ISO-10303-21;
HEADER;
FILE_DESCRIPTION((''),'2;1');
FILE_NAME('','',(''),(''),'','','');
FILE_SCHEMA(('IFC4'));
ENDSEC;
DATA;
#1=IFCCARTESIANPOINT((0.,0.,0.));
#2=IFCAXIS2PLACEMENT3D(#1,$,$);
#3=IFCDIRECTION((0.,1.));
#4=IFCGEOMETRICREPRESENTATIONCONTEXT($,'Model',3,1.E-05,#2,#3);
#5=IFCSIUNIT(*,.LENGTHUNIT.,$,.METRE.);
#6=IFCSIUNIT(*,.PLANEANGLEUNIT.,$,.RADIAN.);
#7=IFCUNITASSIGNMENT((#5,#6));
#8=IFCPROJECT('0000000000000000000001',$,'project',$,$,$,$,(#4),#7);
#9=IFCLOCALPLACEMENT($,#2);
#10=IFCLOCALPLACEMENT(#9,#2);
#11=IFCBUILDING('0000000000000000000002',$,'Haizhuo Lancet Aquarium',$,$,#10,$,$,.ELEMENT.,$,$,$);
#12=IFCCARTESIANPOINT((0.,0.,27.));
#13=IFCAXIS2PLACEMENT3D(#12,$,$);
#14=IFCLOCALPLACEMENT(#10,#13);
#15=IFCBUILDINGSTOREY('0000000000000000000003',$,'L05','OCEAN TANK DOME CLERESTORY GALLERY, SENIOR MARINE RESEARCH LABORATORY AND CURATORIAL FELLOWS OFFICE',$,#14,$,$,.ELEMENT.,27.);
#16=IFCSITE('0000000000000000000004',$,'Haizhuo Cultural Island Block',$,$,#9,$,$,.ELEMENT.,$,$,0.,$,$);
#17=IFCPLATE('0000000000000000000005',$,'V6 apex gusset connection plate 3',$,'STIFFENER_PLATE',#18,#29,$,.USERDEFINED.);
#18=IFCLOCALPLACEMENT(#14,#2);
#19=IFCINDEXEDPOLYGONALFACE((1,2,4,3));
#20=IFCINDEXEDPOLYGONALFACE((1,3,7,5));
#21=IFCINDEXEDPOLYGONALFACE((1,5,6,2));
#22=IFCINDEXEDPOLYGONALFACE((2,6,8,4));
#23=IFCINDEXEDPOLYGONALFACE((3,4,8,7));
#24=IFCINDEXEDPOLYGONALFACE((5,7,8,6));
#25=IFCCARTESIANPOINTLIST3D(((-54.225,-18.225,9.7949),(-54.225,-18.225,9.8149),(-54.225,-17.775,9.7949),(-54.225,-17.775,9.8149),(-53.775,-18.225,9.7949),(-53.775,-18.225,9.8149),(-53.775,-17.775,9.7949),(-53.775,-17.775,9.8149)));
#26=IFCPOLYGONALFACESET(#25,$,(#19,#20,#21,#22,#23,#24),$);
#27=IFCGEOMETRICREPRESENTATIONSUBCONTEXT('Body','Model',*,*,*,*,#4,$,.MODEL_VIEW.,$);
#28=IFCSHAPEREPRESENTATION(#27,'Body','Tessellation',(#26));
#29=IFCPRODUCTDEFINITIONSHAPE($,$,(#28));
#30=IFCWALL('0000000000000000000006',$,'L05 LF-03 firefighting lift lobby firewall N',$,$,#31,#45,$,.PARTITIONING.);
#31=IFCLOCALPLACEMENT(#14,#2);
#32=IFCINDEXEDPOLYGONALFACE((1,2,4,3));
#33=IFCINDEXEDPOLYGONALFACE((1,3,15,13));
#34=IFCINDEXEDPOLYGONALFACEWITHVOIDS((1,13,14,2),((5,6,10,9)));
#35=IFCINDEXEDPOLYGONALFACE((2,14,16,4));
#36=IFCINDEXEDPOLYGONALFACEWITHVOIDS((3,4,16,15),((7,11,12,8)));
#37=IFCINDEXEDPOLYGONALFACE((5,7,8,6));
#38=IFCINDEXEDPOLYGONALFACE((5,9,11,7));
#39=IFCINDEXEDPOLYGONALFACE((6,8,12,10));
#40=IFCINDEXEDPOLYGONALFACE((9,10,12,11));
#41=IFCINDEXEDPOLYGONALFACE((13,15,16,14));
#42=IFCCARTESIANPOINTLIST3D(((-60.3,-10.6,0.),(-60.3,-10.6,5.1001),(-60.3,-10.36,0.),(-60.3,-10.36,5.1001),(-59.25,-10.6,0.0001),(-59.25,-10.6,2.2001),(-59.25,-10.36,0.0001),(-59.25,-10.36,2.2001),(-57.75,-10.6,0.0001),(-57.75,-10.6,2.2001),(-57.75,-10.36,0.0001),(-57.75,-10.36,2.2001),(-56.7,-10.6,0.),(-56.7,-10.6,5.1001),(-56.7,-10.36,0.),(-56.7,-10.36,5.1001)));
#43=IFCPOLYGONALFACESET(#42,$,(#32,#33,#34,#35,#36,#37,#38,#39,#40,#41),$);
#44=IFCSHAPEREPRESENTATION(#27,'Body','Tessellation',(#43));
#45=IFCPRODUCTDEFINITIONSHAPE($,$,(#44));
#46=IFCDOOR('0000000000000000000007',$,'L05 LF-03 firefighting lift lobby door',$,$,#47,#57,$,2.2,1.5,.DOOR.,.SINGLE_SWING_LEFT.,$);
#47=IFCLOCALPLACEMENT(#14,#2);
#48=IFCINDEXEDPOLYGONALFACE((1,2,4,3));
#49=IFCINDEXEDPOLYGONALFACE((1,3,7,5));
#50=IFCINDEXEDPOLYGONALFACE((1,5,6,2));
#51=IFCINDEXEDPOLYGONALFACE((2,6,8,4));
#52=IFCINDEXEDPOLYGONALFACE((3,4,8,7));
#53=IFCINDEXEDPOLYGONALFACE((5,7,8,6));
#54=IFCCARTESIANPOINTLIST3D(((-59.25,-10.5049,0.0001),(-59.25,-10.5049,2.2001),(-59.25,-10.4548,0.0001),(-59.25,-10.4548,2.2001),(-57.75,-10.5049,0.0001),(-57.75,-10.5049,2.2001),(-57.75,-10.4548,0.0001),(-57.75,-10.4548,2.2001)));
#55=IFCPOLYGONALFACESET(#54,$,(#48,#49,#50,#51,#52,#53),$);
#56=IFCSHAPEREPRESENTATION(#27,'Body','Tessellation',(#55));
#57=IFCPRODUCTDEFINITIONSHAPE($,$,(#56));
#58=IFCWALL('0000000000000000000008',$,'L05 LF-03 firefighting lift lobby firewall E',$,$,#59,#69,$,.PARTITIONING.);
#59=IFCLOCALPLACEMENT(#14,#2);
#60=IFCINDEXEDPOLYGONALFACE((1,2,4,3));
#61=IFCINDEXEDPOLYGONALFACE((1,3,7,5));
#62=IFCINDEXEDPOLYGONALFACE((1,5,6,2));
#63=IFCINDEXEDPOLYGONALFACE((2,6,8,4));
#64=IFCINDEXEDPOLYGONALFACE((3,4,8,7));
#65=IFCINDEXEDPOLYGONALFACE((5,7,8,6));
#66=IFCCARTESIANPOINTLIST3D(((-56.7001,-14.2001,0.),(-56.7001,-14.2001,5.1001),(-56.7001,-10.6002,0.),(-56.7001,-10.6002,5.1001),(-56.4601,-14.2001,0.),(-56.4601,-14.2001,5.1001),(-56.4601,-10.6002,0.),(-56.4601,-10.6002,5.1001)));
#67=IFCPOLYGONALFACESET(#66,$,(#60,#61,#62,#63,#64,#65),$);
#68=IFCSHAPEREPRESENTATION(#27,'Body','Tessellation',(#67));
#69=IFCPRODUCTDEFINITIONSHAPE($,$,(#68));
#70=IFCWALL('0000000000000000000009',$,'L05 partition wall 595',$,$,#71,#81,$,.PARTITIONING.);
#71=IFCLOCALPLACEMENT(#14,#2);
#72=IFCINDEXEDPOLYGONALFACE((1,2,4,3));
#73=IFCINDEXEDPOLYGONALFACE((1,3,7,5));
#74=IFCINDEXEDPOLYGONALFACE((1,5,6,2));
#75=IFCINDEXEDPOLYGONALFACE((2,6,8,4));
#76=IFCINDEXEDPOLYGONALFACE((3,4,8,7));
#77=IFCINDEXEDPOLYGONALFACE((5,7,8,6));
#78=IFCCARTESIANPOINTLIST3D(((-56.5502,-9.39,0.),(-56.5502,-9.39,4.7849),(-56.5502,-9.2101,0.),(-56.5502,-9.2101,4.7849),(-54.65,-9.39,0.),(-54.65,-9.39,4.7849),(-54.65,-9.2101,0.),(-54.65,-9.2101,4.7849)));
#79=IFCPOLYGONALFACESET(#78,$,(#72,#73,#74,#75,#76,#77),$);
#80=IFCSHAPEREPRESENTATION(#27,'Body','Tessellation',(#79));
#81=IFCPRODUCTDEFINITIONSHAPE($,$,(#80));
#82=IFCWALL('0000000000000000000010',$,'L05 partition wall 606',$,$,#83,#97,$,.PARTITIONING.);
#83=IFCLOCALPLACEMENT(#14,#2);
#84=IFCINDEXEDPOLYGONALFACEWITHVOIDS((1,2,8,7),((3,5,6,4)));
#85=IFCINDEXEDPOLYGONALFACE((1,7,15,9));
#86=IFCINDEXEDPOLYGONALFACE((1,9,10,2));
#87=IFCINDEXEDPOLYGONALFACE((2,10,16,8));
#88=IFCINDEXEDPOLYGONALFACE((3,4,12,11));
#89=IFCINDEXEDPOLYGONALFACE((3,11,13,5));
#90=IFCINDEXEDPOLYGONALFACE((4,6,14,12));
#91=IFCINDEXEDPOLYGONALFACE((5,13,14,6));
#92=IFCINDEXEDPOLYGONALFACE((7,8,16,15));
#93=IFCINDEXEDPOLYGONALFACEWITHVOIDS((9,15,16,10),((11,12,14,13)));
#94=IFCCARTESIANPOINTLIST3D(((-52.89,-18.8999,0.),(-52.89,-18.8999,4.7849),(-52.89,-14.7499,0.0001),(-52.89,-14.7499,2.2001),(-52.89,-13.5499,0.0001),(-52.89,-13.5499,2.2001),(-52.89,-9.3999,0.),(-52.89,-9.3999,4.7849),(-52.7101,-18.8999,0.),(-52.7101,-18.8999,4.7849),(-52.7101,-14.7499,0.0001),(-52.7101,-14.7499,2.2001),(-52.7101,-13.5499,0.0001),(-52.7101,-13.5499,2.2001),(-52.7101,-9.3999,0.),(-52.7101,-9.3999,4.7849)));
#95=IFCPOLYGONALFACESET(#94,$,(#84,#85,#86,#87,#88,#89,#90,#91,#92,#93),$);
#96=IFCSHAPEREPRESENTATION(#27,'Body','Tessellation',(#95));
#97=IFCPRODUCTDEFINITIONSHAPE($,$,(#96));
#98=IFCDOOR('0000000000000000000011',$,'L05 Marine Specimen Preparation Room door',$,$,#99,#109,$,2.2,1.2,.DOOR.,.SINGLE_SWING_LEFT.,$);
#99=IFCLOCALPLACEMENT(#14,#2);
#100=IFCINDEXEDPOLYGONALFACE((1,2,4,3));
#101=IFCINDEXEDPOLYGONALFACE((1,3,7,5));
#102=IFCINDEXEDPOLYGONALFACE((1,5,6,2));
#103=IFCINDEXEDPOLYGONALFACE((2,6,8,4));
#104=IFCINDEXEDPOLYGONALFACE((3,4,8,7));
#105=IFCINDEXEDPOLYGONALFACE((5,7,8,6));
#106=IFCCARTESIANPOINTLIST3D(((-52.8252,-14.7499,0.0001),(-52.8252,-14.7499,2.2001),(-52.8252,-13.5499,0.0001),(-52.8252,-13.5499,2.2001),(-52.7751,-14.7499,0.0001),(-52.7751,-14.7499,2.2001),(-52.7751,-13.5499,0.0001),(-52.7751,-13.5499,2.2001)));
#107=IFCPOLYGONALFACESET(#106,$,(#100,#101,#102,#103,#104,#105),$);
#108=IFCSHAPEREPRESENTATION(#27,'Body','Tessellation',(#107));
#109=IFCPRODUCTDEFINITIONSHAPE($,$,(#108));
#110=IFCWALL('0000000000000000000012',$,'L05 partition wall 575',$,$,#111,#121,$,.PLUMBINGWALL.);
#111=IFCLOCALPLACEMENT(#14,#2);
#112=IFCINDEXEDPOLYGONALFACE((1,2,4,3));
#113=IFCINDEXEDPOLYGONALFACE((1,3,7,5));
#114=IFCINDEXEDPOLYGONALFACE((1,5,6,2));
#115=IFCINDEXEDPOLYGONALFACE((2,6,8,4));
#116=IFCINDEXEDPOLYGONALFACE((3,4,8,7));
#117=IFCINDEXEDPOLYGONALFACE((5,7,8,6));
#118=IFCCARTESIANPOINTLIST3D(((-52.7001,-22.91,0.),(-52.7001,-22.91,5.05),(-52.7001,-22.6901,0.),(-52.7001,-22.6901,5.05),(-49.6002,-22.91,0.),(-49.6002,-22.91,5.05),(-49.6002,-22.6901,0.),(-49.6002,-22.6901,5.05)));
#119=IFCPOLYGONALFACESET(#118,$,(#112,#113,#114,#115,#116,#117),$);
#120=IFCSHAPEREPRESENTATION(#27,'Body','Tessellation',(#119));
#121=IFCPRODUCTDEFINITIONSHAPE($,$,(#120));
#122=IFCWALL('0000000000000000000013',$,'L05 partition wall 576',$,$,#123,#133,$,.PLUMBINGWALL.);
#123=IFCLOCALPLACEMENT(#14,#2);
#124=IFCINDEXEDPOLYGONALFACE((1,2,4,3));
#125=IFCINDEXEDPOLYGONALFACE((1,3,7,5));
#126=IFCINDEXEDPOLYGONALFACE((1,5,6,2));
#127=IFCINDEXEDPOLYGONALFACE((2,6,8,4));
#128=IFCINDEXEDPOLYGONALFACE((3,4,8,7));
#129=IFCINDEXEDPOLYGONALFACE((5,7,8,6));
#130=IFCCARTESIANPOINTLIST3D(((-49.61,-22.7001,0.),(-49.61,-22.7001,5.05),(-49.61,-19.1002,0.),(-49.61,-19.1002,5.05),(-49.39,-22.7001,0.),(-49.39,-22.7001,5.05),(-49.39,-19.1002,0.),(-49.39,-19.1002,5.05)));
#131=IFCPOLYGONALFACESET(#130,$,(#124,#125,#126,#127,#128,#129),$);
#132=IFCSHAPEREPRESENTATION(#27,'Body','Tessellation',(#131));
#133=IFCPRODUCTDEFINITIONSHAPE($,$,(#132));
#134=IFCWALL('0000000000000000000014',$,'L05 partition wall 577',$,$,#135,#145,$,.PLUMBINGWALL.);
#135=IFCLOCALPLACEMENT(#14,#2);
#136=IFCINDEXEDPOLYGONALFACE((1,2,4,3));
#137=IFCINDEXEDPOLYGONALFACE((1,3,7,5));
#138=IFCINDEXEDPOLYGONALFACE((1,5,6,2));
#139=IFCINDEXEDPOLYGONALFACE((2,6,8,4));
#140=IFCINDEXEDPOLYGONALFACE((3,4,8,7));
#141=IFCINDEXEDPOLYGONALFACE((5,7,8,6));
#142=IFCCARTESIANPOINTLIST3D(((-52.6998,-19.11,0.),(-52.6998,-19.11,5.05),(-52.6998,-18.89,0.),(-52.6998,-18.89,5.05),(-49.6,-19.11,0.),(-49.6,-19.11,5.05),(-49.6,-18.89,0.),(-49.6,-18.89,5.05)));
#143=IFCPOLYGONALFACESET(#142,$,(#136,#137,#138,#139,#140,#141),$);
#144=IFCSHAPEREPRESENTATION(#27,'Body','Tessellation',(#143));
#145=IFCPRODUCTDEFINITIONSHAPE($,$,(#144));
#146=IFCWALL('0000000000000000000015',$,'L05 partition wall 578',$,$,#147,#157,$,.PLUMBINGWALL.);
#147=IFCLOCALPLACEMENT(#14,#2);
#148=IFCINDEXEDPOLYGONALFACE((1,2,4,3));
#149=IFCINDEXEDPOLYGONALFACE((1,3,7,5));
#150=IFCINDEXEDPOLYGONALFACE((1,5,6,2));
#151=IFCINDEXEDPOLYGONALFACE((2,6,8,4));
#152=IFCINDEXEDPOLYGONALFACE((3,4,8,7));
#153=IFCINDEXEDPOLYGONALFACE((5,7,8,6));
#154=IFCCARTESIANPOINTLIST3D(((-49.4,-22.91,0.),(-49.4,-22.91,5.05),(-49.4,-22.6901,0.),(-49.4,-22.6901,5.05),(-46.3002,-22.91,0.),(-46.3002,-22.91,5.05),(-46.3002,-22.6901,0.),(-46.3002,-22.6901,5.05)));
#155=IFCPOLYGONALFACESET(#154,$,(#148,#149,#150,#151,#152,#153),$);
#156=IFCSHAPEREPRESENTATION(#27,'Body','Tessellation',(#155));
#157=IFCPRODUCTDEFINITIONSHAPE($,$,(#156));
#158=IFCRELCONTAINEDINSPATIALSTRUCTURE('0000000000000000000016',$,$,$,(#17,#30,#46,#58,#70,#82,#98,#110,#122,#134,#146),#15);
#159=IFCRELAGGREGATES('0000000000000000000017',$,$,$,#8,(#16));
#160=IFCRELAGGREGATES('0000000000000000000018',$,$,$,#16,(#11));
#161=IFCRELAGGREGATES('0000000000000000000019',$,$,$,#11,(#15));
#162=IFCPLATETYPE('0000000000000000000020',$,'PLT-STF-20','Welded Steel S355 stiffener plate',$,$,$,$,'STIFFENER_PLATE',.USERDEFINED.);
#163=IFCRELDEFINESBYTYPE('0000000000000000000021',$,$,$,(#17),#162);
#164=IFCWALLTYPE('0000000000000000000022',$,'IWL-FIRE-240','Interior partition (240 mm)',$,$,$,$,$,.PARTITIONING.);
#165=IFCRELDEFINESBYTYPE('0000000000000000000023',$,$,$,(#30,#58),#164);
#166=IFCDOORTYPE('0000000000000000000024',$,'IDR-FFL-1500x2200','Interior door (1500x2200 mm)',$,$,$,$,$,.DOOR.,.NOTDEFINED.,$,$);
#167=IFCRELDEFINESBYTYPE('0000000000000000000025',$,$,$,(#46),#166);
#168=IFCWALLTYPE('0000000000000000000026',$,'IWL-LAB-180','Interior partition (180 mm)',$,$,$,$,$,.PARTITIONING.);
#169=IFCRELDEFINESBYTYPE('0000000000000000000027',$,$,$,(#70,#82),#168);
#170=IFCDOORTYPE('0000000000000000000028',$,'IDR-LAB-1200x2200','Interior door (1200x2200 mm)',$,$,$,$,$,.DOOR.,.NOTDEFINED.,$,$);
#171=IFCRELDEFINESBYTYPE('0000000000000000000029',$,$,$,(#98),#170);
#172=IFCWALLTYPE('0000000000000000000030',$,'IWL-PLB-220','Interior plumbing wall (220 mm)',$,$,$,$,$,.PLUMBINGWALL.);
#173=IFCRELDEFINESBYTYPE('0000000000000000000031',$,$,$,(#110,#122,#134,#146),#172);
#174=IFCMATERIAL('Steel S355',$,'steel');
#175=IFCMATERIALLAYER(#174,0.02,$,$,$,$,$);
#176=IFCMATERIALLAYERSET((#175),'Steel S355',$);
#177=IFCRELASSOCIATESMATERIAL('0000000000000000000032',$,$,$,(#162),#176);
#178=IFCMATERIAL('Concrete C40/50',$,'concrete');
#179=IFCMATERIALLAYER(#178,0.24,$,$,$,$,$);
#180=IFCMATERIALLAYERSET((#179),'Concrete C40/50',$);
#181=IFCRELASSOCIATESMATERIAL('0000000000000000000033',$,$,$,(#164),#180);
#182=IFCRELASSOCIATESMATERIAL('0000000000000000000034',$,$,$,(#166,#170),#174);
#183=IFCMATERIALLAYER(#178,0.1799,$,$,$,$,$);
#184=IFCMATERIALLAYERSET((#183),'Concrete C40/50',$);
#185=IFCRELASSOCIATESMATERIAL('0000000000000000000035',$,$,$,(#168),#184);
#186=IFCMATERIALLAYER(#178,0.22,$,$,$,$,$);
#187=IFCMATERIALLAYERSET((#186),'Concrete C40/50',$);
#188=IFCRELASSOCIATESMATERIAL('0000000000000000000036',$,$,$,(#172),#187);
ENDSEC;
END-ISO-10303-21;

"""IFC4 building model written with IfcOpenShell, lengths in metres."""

from ifc_helpers import new_model, si_unit, direction, frame, frame_2d, origin, origin_2d, place, context, subcontext, project, spatial, rectangle, extrude, material, layer, layer_set, type_object, element, fill, save


model = new_model("IFC4")

# Units and contexts
model_context = context("Model", 3, precision=1e-05, world=origin(), true_north=direction((0.0, 1.0)))
body_context = subcontext(model_context, "Body", "Model", "MODEL_VIEW")
ifc_project = project(units=[si_unit("LENGTHUNIT", "METRE"), si_unit("PLANEANGLEUNIT", "RADIAN")], contexts=[model_context])

# Site, building, storey
site_placement = place(None, origin())
site = spatial("IfcSite", under=ifc_project, at=site_placement, Name="Haizhuo Cultural Island Block", CompositionType="ELEMENT", RefElevation=0.0)
building_placement = place(site_placement, origin())
building = spatial("IfcBuilding", under=site, at=building_placement, Name="Haizhuo Lancet Aquarium", CompositionType="ELEMENT")
storey_placement = place(building_placement, frame((0.0, 0.0, 27.0)))
storey = spatial("IfcBuildingStorey", under=building, at=storey_placement, Name="L05", Description="OCEAN TANK DOME CLERESTORY GALLERY, SENIOR MARINE RESEARCH LABORATORY AND CURATORIAL FELLOWS OFFICE", CompositionType="ELEMENT", Elevation=27.0)

# Shared definitions
ifc_material_1 = material(Name="Concrete C40/50", Category="concrete")

# Shared definitions
ifc_material_2 = material(Name="Steel S355", Category="steel")

# Plate
ifc_layer_1 = layer(ifc_material_2, 0.02)
ifc_layer_set_1 = layer_set([ifc_layer_1], Name="Steel S355")
plate_type_1 = type_object("IfcPlateType", Name="PLT-STF-20", Description="Welded Steel S355 stiffener plate", ElementType="STIFFENER_PLATE", PredefinedType="USERDEFINED", material=ifc_layer_set_1)
plate_1_placement = place(storey_placement, frame((-54.0, -18.0, 9.7949), z_axis=(0.0, 0.0, 1.0), x_axis=(1.0, 0.0, 0.0)))
element("IfcPlate", 1, at=plate_1_placement, inside=storey, type_object=plate_type_1, Name="V6 apex gusset connection plate 3", ObjectType="STIFFENER_PLATE", PredefinedType="USERDEFINED", context=body_context, shape_type="SweptSolid", body=[
    extrude(rectangle(XDim=0.45, YDim=0.45, at=origin_2d()), origin(), (0.0, 0.0, 1.0), 0.02),
])

# Wall, opening, door
ifc_layer_2 = layer(ifc_material_1, 0.24)
ifc_layer_set_2 = layer_set([ifc_layer_2], Name="Concrete C40/50")
wall_type_1 = type_object("IfcWallType", Name="IWL-FIRE-240", Description="Interior partition (240 mm)", PredefinedType="PARTITIONING", material=ifc_layer_set_2)
wall_1_placement = place(storey_placement, frame((-56.7, -10.48, 0.0), z_axis=(0.0, 0.0, 1.0), x_axis=(-1.0, 0.0, 0.0)))
wall_1 = element("IfcWall", 2, at=wall_1_placement, inside=storey, type_object=wall_type_1, Name="L05 LF-03 firefighting lift lobby firewall N", PredefinedType="PARTITIONING", context=body_context, shape_type="SweptSolid", body=[
    extrude(rectangle(XDim=3.6001, YDim=0.24, at=frame_2d((1.8, 0.0))), origin(), (0.0, 0.0, 1.0), 5.1001),
])
opening_1_placement = place(wall_1_placement, frame((1.05, 0.0, 0.0)))
opening_1 = element("IfcOpeningElement", 3, at=opening_1_placement, cuts=wall_1, PredefinedType="OPENING", context=body_context, shape_type="SweptSolid", body=[
    extrude(rectangle(XDim=1.5, YDim=2.2, at=frame_2d((0.75, 1.1001))), frame((0.0, 0.1299, 0.0), z_axis=(0.0, -1.0, 0.0), x_axis=(1.0, 0.0, 0.0)), (0.0, 0.0, 1.0), 0.26),
])
door_type_1 = type_object("IfcDoorType", Name="IDR-FFL-1500x2200", Description="Interior door (1500x2200 mm)", OperationType="NOTDEFINED", PredefinedType="DOOR", material=ifc_material_2)
door_1_placement = place(opening_1_placement, origin())
door_1 = element("IfcDoor", 4, at=door_1_placement, inside=storey, type_object=door_type_1, Name="L05 LF-03 firefighting lift lobby door", OperationType="SINGLE_SWING_LEFT", OverallHeight=2.2, OverallWidth=1.5, PredefinedType="DOOR", context=body_context, shape_type="SweptSolid", body=[
    extrude(rectangle(XDim=1.5, YDim=2.2, at=frame_2d((0.75, 1.1001))), frame((0.0, 0.0249, 0.0), z_axis=(0.0, -1.0, 0.0), x_axis=(1.0, 0.0, 0.0)), (0.0, 0.0, 1.0), 0.05),
])
fill(opening_1, door_1)

# Walls
wall_2_placement = place(storey_placement, frame((-56.5801, -14.2, 0.0), z_axis=(0.0, 0.0, 1.0), x_axis=(0.0, 1.0, 0.0)))
element("IfcWall", 5, at=wall_2_placement, inside=storey, type_object=wall_type_1, Name="L05 LF-03 firefighting lift lobby firewall E", PredefinedType="PARTITIONING", context=body_context, shape_type="SweptSolid", body=[
    extrude(rectangle(XDim=3.5999, YDim=0.24, at=frame_2d((1.7998, 0.0))), origin(), (0.0, 0.0, 1.0), 5.1001),
])
ifc_layer_3 = layer(ifc_material_1, 0.1799)
ifc_layer_set_3 = layer_set([ifc_layer_3], Name="Concrete C40/50")
wall_type_2 = type_object("IfcWallType", Name="IWL-LAB-180", Description="Interior partition (180 mm)", PredefinedType="PARTITIONING", material=ifc_layer_set_3)
wall_3_placement = place(storey_placement, frame((-54.6499, -9.3, 0.0), z_axis=(0.0, 0.0, 1.0), x_axis=(-1.0, 0.0, 0.0)))
element("IfcWall", 6, at=wall_3_placement, inside=storey, type_object=wall_type_2, Name="L05 partition wall 595", PredefinedType="PARTITIONING", context=body_context, shape_type="SweptSolid", body=[
    extrude(rectangle(XDim=1.9001, YDim=0.1799, at=frame_2d((0.9502, 0.0))), origin(), (0.0, 0.0, 1.0), 4.7849),
])

# Wall, opening, door
wall_4_placement = place(storey_placement, frame((-52.8, -9.3999, 0.0), z_axis=(0.0, 0.0, 1.0), x_axis=(0.0, -1.0, 0.0)))
wall_4 = element("IfcWall", 7, at=wall_4_placement, inside=storey, type_object=wall_type_2, Name="L05 partition wall 606", PredefinedType="PARTITIONING", context=body_context, shape_type="SweptSolid", body=[
    extrude(rectangle(XDim=9.5, YDim=0.1799, at=frame_2d((4.75, 0.0))), origin(), (0.0, 0.0, 1.0), 4.7849),
])
opening_2_placement = place(wall_4_placement, frame((4.1499, 0.0, 0.0)))
opening_2 = element("IfcOpeningElement", 8, at=opening_2_placement, cuts=wall_4, PredefinedType="OPENING", context=body_context, shape_type="SweptSolid", body=[
    extrude(rectangle(XDim=1.2, YDim=2.2, at=frame_2d((0.6001, 1.1001))), frame((0.0, 0.0999, 0.0), z_axis=(0.0, -1.0, 0.0), x_axis=(1.0, 0.0, 0.0)), (0.0, 0.0, 1.0), 0.1999),
])
door_type_2 = type_object("IfcDoorType", Name="IDR-LAB-1200x2200", Description="Interior door (1200x2200 mm)", OperationType="NOTDEFINED", PredefinedType="DOOR", material=ifc_material_2)
door_2_placement = place(opening_2_placement, origin())
door_2 = element("IfcDoor", 9, at=door_2_placement, inside=storey, type_object=door_type_2, Name="L05 Marine Specimen Preparation Room door", OperationType="SINGLE_SWING_LEFT", OverallHeight=2.2, OverallWidth=1.2, PredefinedType="DOOR", context=body_context, shape_type="SweptSolid", body=[
    extrude(rectangle(XDim=1.2, YDim=2.2, at=frame_2d((0.6001, 1.1001))), frame((0.0, 0.0249, 0.0), z_axis=(0.0, -1.0, 0.0), x_axis=(1.0, 0.0, 0.0)), (0.0, 0.0, 1.0), 0.05),
])
fill(opening_2, door_2)
ifc_layer_4 = layer(ifc_material_1, 0.22)
ifc_layer_set_4 = layer_set([ifc_layer_4], Name="Concrete C40/50")
wall_type_3 = type_object("IfcWallType", Name="IWL-PLB-220", Description="Interior plumbing wall (220 mm)", PredefinedType="PLUMBINGWALL", material=ifc_layer_set_4)

# Walls
wall_5_placement = place(storey_placement, frame((-52.7, -22.8, 0.0), z_axis=(0.0, 0.0, 1.0), x_axis=(1.0, 0.0, 0.0)))
element("IfcWall", 10, at=wall_5_placement, inside=storey, type_object=wall_type_3, Name="L05 partition wall 575", PredefinedType="PLUMBINGWALL", context=body_context, shape_type="SweptSolid", body=[
    extrude(rectangle(XDim=3.0999, YDim=0.22, at=frame_2d((1.5498, 0.0))), origin(), (0.0, 0.0, 1.0), 5.05),
])
wall_6_placement = place(storey_placement, frame((-49.5, -22.7, 0.0), z_axis=(0.0, 0.0, 1.0), x_axis=(0.0, 1.0, 0.0)))
element("IfcWall", 11, at=wall_6_placement, inside=storey, type_object=wall_type_3, Name="L05 partition wall 576", PredefinedType="PLUMBINGWALL", context=body_context, shape_type="SweptSolid", body=[
    extrude(rectangle(XDim=3.5999, YDim=0.22, at=frame_2d((1.7998, 0.0))), origin(), (0.0, 0.0, 1.0), 5.05),
])
for number, where, z_axis, x_axis, name in (
    (12, (-49.6001, -19.0, 0.0), (0.0, 0.0, 1.0), (-1.0, 0.0, 0.0), "L05 partition wall 577"),
    (13, (-49.3999, -22.8, 0.0), (0.0, 0.0, 1.0), (1.0, 0.0, 0.0), "L05 partition wall 578"),
):
    element("IfcWall", number, at=place(storey_placement, frame(where, z_axis=z_axis, x_axis=x_axis)), inside=storey, type_object=wall_type_3, Name=name, PredefinedType="PLUMBINGWALL", context=body_context, shape_type="SweptSolid", body=[
        extrude(rectangle(XDim=3.0999, YDim=0.22, at=frame_2d((1.5498, 0.0))), origin(), (0.0, 0.0, 1.0), 5.05),
    ])

save(model, "model.ifc")
